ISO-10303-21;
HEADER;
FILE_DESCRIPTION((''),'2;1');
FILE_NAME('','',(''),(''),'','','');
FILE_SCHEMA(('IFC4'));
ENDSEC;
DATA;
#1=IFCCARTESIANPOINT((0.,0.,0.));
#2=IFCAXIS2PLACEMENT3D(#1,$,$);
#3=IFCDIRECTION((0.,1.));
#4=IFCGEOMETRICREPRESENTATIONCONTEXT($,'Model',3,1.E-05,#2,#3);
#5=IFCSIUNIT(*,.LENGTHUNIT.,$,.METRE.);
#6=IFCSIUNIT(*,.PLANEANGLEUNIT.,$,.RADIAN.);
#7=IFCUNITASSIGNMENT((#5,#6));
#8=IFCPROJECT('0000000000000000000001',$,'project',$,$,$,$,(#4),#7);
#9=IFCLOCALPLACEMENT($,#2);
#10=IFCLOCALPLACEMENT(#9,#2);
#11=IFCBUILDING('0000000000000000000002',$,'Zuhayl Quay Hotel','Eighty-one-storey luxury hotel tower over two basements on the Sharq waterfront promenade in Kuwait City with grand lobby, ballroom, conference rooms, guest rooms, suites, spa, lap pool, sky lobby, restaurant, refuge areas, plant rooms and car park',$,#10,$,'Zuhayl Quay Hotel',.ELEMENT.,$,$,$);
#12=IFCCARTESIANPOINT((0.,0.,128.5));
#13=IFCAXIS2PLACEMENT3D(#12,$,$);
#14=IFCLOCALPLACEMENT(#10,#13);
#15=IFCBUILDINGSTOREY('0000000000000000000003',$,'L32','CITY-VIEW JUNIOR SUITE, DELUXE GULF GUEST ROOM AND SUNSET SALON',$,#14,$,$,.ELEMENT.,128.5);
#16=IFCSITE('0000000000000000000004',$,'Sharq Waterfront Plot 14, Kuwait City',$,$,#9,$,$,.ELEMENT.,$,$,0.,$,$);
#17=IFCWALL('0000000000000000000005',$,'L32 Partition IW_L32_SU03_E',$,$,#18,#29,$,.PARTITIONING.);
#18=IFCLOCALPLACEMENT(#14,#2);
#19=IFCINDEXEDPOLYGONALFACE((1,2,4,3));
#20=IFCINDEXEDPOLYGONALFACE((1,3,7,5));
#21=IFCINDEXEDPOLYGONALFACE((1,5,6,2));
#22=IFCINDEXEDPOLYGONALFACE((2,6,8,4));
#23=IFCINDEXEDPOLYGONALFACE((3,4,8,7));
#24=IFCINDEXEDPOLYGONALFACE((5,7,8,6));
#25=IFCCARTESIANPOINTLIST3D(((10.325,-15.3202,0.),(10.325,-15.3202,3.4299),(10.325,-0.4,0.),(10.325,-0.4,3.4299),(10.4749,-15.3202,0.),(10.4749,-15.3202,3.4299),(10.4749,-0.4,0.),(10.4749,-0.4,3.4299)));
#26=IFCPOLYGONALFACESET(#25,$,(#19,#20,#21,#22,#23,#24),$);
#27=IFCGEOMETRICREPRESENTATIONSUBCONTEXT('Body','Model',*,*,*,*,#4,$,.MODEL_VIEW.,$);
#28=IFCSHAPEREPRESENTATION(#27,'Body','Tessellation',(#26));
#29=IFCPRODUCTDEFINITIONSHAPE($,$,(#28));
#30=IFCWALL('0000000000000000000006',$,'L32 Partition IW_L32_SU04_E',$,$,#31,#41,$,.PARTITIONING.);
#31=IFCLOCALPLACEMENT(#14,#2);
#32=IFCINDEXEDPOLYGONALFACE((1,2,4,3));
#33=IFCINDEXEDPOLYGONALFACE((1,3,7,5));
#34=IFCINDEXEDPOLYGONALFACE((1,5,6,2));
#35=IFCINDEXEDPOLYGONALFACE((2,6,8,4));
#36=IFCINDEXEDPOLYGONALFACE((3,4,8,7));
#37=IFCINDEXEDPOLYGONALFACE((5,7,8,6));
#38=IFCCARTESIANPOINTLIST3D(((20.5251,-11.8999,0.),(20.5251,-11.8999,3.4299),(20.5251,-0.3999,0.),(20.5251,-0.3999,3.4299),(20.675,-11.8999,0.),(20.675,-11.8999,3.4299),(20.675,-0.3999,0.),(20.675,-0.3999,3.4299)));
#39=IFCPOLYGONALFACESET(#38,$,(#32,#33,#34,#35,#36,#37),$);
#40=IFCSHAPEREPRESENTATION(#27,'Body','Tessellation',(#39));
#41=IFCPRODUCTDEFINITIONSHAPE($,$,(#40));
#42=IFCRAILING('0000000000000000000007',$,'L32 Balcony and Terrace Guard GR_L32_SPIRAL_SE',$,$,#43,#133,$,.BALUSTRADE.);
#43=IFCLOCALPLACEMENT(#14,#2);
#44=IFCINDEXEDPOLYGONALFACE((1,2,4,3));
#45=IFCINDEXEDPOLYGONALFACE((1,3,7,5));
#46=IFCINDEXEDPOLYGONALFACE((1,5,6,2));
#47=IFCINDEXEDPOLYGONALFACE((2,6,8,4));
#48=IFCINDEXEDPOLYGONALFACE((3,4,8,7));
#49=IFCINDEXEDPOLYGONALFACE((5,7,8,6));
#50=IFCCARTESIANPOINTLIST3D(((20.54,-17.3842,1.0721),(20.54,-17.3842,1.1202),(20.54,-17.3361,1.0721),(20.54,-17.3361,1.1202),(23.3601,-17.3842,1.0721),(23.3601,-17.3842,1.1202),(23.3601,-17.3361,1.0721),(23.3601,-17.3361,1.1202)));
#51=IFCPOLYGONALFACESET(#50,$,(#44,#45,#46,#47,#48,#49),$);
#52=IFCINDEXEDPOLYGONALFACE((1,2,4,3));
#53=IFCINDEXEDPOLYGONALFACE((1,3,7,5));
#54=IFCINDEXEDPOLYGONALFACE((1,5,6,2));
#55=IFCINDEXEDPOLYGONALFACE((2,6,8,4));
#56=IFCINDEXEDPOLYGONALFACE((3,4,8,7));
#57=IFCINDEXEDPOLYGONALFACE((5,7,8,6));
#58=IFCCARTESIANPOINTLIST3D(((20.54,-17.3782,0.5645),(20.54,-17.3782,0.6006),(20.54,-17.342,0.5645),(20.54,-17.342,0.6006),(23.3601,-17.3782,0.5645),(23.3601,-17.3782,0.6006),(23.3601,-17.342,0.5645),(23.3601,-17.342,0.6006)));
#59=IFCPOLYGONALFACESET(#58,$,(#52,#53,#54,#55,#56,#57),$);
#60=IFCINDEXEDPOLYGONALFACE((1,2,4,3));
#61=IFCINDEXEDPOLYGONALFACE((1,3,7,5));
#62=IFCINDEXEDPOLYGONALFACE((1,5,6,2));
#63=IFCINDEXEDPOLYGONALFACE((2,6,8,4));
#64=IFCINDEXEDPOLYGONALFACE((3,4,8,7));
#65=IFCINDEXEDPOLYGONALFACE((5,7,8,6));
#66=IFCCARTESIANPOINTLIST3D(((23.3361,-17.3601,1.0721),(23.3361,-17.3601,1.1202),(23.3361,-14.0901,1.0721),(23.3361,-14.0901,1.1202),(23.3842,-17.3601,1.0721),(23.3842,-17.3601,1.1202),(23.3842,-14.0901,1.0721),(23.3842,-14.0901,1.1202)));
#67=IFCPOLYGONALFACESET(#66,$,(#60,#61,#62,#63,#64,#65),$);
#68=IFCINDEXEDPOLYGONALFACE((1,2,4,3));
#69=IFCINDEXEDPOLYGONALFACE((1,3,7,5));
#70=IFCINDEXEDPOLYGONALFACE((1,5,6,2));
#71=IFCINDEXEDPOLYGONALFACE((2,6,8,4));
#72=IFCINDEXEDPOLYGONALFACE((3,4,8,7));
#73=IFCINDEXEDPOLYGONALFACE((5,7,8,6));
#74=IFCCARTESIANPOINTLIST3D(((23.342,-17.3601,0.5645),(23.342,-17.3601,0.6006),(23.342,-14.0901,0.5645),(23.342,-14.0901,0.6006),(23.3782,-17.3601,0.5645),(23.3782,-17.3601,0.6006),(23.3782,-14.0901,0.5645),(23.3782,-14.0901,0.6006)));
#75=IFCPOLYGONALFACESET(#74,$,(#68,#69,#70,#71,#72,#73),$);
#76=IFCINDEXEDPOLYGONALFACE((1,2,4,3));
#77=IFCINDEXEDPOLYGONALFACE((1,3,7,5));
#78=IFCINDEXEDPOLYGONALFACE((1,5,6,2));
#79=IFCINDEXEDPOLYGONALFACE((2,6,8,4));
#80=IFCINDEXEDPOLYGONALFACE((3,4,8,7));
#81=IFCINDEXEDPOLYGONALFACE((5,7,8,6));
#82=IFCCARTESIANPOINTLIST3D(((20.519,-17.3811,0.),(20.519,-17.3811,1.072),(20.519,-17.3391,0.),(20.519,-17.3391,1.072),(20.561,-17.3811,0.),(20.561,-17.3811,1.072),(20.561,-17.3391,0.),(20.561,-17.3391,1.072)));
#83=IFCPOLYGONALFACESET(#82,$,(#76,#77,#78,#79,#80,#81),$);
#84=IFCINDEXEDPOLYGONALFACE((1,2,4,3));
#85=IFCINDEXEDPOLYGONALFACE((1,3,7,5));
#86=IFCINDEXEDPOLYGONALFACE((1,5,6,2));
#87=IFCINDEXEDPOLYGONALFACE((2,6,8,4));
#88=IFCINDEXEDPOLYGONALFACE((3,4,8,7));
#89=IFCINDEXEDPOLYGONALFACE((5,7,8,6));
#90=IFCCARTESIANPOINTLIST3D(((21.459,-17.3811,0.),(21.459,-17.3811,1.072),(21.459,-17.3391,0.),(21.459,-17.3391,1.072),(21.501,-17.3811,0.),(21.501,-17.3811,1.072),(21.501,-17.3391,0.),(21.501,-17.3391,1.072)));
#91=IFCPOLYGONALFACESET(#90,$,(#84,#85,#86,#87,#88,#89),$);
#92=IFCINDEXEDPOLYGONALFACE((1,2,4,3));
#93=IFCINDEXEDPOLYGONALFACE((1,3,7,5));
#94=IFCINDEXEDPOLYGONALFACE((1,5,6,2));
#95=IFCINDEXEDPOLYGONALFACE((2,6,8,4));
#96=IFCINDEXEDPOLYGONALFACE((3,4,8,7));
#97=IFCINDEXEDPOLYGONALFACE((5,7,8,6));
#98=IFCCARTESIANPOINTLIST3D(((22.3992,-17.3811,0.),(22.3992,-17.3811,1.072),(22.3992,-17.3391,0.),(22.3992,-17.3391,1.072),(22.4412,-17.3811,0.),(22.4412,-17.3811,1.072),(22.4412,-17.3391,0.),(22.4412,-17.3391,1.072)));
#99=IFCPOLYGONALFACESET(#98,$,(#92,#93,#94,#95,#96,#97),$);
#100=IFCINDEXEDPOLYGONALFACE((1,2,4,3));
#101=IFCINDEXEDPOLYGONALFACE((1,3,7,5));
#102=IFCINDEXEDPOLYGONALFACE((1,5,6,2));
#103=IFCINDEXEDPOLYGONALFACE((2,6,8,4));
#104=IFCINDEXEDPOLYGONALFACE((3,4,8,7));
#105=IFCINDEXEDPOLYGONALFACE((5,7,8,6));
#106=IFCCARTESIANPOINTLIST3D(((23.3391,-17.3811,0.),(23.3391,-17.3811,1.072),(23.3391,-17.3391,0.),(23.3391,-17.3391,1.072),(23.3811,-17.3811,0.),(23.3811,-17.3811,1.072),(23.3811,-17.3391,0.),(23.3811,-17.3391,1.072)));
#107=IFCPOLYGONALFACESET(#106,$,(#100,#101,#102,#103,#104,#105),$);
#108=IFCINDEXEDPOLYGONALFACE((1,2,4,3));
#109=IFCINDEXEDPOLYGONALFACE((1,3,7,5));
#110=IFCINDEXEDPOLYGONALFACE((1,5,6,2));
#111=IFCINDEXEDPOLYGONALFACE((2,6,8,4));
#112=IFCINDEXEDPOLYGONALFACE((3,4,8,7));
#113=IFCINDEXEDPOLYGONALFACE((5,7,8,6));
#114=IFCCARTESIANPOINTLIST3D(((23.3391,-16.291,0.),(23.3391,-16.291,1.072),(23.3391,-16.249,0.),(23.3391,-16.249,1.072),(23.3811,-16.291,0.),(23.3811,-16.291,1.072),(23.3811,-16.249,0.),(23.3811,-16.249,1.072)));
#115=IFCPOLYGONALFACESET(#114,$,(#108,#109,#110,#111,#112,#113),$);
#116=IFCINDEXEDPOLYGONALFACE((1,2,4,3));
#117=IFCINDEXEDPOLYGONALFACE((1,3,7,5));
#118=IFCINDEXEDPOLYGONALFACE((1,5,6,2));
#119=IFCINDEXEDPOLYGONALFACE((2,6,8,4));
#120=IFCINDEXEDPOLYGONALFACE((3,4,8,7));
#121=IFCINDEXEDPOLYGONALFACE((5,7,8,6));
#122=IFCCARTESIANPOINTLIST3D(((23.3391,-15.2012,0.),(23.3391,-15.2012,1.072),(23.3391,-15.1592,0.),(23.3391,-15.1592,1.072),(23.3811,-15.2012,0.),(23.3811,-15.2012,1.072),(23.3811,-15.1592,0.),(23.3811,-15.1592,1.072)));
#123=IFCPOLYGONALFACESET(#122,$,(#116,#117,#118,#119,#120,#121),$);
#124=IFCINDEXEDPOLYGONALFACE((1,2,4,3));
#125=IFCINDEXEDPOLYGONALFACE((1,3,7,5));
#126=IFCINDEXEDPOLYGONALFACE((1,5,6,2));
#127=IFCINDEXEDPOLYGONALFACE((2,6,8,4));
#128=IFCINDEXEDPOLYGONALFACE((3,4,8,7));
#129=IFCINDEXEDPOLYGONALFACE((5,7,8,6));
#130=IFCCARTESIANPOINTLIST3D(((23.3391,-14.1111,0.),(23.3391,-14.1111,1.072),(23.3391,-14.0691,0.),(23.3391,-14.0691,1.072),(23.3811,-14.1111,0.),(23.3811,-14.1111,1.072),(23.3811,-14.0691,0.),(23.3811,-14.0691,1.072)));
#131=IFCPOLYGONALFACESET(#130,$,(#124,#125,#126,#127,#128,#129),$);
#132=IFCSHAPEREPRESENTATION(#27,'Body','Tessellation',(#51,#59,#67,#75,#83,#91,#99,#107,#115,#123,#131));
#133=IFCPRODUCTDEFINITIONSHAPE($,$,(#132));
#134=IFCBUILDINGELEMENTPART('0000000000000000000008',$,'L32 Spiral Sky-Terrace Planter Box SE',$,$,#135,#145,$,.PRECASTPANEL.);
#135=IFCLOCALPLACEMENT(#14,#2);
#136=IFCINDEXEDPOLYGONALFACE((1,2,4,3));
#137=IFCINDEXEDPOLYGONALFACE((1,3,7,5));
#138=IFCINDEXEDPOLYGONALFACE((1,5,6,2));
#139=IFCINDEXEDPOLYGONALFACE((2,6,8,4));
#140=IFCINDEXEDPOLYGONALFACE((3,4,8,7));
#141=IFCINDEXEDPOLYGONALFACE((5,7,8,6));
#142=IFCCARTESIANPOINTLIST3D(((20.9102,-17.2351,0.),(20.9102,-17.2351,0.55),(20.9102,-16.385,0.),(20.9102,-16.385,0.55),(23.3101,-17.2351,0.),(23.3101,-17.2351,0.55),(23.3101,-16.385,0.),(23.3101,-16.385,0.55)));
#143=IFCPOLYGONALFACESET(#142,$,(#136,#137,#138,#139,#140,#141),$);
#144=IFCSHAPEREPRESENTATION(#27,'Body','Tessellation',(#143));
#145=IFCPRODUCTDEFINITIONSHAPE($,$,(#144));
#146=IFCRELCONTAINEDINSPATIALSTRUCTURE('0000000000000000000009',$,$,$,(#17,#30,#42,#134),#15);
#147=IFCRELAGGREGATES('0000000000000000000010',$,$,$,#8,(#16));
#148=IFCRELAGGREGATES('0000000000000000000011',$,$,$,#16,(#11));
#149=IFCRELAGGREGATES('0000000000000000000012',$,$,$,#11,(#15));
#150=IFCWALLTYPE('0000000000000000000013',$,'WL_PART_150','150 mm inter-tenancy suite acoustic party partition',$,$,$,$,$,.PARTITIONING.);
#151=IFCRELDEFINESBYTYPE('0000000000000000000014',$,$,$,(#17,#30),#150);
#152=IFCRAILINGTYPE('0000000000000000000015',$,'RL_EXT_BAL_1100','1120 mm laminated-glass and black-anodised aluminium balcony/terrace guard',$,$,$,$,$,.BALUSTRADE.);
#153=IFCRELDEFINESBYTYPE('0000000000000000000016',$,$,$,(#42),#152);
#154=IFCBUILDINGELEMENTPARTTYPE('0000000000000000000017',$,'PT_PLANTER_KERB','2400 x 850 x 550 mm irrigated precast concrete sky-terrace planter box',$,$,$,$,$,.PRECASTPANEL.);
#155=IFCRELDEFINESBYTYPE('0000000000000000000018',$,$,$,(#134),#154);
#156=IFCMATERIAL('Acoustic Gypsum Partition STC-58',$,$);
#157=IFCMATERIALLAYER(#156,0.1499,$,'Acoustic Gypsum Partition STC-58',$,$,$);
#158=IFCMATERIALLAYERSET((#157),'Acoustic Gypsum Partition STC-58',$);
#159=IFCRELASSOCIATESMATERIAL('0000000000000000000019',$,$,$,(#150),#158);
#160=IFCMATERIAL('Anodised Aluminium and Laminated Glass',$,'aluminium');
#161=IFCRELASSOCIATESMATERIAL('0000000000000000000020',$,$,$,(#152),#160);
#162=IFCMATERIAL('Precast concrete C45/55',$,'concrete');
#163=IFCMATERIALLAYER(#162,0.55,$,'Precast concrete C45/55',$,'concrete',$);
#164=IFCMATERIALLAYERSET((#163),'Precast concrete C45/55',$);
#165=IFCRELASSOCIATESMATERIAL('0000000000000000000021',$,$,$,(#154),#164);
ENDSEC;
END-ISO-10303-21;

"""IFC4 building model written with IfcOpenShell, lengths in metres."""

from ifc_helpers import new_model, si_unit, direction, frame, frame_2d, origin, origin_2d, place, context, subcontext, project, spatial, rectangle, extrude, material, layer, layer_set, type_object, element, save


model = new_model("IFC4")

# Units and contexts
model_context = context("Model", 3, precision=1e-05, world=origin(), true_north=direction((0.0, 1.0)))
body_context = subcontext(model_context, "Body", "Model", "MODEL_VIEW")
ifc_project = project(units=[si_unit("LENGTHUNIT", "METRE"), si_unit("PLANEANGLEUNIT", "RADIAN")], contexts=[model_context])

# Site, building, storey
site_placement = place(None, origin())
site = spatial("IfcSite", under=ifc_project, at=site_placement, Name="Sharq Waterfront Plot 14, Kuwait City", CompositionType="ELEMENT", RefElevation=0.0)
building_placement = place(site_placement, origin())
building = spatial("IfcBuilding", under=site, at=building_placement, Name="Zuhayl Quay Hotel", Description="Eighty-one-storey luxury hotel tower over two basements on the Sharq waterfront promenade in Kuwait City with grand lobby, ballroom, conference rooms, guest rooms, suites, spa, lap pool, sky lobby, restaurant, refuge areas, plant rooms and car park", LongName="Zuhayl Quay Hotel", CompositionType="ELEMENT")
storey_placement = place(building_placement, frame((0.0, 0.0, 128.5)))
storey = spatial("IfcBuildingStorey", under=building, at=storey_placement, Name="L32", Description="CITY-VIEW JUNIOR SUITE, DELUXE GULF GUEST ROOM AND SUNSET SALON", CompositionType="ELEMENT", Elevation=128.5)

# Shared definitions
ifc_material_1 = material(Name="Precast concrete C45/55", Category="concrete")

# Walls
ifc_material_2 = material(Name="Acoustic Gypsum Partition STC-58")
ifc_layer_1 = layer(ifc_material_2, 0.1499, Name="Acoustic Gypsum Partition STC-58")
ifc_layer_set_1 = layer_set([ifc_layer_1], Name="Acoustic Gypsum Partition STC-58")
wall_type_1 = type_object("IfcWallType", Name="WL_PART_150", Description="150 mm inter-tenancy suite acoustic party partition", PredefinedType="PARTITIONING", material=ifc_layer_set_1)
wall_1_placement = place(storey_placement, frame((10.3999, -15.3201, 0.0), z_axis=(0.0, 0.0, 1.0), x_axis=(0.0, 1.0, 0.0)))
element("IfcWall", 1, at=wall_1_placement, inside=storey, type_object=wall_type_1, Name="L32 Partition IW_L32_SU03_E", PredefinedType="PARTITIONING", context=body_context, shape_type="SweptSolid", body=[
    extrude(rectangle(XDim=14.9202, YDim=0.1499, at=frame_2d((7.46, 0.0))), origin(), (0.0, 0.0, 1.0), 3.4299),
])
wall_2_placement = place(storey_placement, frame((20.6001, -11.8999, 0.0), z_axis=(0.0, 0.0, 1.0), x_axis=(0.0, 1.0, 0.0)))
element("IfcWall", 2, at=wall_2_placement, inside=storey, type_object=wall_type_1, Name="L32 Partition IW_L32_SU04_E", PredefinedType="PARTITIONING", context=body_context, shape_type="SweptSolid", body=[
    extrude(rectangle(XDim=11.5, YDim=0.1499, at=frame_2d((5.75, 0.0))), origin(), (0.0, 0.0, 1.0), 3.4299),
])

# Railing
ifc_material_3 = material(Name="Anodised Aluminium and Laminated Glass", Category="aluminium")
railing_type = type_object("IfcRailingType", Name="RL_EXT_BAL_1100", Description="1120 mm laminated-glass and black-anodised aluminium balcony/terrace guard", PredefinedType="BALUSTRADE", material=ifc_material_3)
railing_placement = place(storey_placement, frame((20.54, -17.3601, 0.0)))
element("IfcRailing", 3, at=railing_placement, inside=storey, type_object=railing_type, Name="L32 Balcony and Terrace Guard GR_L32_SPIRAL_SE", PredefinedType="BALUSTRADE", context=body_context, shape_type="SweptSolid", body=[
    extrude(rectangle(XDim=0.0481, YDim=0.0481, at=origin_2d()), frame((0.0, 0.0, 1.0962), z_axis=(1.0, 0.0, 0.0), x_axis=(0.0, 1.0, 0.0)), (0.0, 0.0, 1.0), 2.8201),
    extrude(rectangle(XDim=0.0361, YDim=0.0361, at=origin_2d()), frame((0.0, 0.0, 0.5825), z_axis=(1.0, 0.0, 0.0), x_axis=(0.0, 1.0, 0.0)), (0.0, 0.0, 1.0), 2.8201),
    extrude(rectangle(XDim=0.0481, YDim=0.0481, at=origin_2d()), frame((2.8201, 0.0, 1.0962), z_axis=(0.0, 1.0, 0.0), x_axis=(-1.0, 0.0, 0.0)), (0.0, 0.0, 1.0), 3.27),
    extrude(rectangle(XDim=0.0361, YDim=0.0361, at=origin_2d()), frame((2.8201, 0.0, 0.5825), z_axis=(0.0, 1.0, 0.0), x_axis=(-1.0, 0.0, 0.0)), (0.0, 0.0, 1.0), 3.27),
    extrude(rectangle(XDim=0.042, YDim=0.042, at=origin_2d()), origin(), (0.0, 0.0, 1.0), 1.072),
    extrude(rectangle(XDim=0.042, YDim=0.042, at=origin_2d()), frame((0.9399, 0.0, 0.0)), (0.0, 0.0, 1.0), 1.072),
    extrude(rectangle(XDim=0.042, YDim=0.042, at=origin_2d()), frame((1.8801, 0.0, 0.0)), (0.0, 0.0, 1.0), 1.072),
    extrude(rectangle(XDim=0.042, YDim=0.042, at=origin_2d()), frame((2.8201, 0.0, 0.0)), (0.0, 0.0, 1.0), 1.072),
    extrude(rectangle(XDim=0.042, YDim=0.042, at=origin_2d()), frame((2.8201, 1.0901, 0.0)), (0.0, 0.0, 1.0), 1.072),
    extrude(rectangle(XDim=0.042, YDim=0.042, at=origin_2d()), frame((2.8201, 2.1799, 0.0)), (0.0, 0.0, 1.0), 1.072),
    extrude(rectangle(XDim=0.042, YDim=0.042, at=origin_2d()), frame((2.8201, 3.27, 0.0)), (0.0, 0.0, 1.0), 1.072),
])

# Building element part
ifc_layer_2 = layer(ifc_material_1, 0.55, Name="Precast concrete C45/55", Category="concrete")
ifc_layer_set_2 = layer_set([ifc_layer_2], Name="Precast concrete C45/55")
building_element_part_type = type_object("IfcBuildingElementPartType", Name="PT_PLANTER_KERB", Description="2400 x 850 x 550 mm irrigated precast concrete sky-terrace planter box", PredefinedType="PRECASTPANEL", material=ifc_layer_set_2)
building_element_part_placement = place(storey_placement, frame((22.1101, -16.8101, 0.0), z_axis=(0.0, 0.0, 1.0), x_axis=(1.0, 0.0, 0.0)))
element("IfcBuildingElementPart", 4, at=building_element_part_placement, inside=storey, type_object=building_element_part_type, Name="L32 Spiral Sky-Terrace Planter Box SE", PredefinedType="PRECASTPANEL", context=body_context, shape_type="SweptSolid", body=[
    extrude(rectangle(XDim=2.3999, YDim=0.8501, at=origin_2d()), origin(), (0.0, 0.0, 1.0), 0.55),
])

save(model, "model.ifc")
